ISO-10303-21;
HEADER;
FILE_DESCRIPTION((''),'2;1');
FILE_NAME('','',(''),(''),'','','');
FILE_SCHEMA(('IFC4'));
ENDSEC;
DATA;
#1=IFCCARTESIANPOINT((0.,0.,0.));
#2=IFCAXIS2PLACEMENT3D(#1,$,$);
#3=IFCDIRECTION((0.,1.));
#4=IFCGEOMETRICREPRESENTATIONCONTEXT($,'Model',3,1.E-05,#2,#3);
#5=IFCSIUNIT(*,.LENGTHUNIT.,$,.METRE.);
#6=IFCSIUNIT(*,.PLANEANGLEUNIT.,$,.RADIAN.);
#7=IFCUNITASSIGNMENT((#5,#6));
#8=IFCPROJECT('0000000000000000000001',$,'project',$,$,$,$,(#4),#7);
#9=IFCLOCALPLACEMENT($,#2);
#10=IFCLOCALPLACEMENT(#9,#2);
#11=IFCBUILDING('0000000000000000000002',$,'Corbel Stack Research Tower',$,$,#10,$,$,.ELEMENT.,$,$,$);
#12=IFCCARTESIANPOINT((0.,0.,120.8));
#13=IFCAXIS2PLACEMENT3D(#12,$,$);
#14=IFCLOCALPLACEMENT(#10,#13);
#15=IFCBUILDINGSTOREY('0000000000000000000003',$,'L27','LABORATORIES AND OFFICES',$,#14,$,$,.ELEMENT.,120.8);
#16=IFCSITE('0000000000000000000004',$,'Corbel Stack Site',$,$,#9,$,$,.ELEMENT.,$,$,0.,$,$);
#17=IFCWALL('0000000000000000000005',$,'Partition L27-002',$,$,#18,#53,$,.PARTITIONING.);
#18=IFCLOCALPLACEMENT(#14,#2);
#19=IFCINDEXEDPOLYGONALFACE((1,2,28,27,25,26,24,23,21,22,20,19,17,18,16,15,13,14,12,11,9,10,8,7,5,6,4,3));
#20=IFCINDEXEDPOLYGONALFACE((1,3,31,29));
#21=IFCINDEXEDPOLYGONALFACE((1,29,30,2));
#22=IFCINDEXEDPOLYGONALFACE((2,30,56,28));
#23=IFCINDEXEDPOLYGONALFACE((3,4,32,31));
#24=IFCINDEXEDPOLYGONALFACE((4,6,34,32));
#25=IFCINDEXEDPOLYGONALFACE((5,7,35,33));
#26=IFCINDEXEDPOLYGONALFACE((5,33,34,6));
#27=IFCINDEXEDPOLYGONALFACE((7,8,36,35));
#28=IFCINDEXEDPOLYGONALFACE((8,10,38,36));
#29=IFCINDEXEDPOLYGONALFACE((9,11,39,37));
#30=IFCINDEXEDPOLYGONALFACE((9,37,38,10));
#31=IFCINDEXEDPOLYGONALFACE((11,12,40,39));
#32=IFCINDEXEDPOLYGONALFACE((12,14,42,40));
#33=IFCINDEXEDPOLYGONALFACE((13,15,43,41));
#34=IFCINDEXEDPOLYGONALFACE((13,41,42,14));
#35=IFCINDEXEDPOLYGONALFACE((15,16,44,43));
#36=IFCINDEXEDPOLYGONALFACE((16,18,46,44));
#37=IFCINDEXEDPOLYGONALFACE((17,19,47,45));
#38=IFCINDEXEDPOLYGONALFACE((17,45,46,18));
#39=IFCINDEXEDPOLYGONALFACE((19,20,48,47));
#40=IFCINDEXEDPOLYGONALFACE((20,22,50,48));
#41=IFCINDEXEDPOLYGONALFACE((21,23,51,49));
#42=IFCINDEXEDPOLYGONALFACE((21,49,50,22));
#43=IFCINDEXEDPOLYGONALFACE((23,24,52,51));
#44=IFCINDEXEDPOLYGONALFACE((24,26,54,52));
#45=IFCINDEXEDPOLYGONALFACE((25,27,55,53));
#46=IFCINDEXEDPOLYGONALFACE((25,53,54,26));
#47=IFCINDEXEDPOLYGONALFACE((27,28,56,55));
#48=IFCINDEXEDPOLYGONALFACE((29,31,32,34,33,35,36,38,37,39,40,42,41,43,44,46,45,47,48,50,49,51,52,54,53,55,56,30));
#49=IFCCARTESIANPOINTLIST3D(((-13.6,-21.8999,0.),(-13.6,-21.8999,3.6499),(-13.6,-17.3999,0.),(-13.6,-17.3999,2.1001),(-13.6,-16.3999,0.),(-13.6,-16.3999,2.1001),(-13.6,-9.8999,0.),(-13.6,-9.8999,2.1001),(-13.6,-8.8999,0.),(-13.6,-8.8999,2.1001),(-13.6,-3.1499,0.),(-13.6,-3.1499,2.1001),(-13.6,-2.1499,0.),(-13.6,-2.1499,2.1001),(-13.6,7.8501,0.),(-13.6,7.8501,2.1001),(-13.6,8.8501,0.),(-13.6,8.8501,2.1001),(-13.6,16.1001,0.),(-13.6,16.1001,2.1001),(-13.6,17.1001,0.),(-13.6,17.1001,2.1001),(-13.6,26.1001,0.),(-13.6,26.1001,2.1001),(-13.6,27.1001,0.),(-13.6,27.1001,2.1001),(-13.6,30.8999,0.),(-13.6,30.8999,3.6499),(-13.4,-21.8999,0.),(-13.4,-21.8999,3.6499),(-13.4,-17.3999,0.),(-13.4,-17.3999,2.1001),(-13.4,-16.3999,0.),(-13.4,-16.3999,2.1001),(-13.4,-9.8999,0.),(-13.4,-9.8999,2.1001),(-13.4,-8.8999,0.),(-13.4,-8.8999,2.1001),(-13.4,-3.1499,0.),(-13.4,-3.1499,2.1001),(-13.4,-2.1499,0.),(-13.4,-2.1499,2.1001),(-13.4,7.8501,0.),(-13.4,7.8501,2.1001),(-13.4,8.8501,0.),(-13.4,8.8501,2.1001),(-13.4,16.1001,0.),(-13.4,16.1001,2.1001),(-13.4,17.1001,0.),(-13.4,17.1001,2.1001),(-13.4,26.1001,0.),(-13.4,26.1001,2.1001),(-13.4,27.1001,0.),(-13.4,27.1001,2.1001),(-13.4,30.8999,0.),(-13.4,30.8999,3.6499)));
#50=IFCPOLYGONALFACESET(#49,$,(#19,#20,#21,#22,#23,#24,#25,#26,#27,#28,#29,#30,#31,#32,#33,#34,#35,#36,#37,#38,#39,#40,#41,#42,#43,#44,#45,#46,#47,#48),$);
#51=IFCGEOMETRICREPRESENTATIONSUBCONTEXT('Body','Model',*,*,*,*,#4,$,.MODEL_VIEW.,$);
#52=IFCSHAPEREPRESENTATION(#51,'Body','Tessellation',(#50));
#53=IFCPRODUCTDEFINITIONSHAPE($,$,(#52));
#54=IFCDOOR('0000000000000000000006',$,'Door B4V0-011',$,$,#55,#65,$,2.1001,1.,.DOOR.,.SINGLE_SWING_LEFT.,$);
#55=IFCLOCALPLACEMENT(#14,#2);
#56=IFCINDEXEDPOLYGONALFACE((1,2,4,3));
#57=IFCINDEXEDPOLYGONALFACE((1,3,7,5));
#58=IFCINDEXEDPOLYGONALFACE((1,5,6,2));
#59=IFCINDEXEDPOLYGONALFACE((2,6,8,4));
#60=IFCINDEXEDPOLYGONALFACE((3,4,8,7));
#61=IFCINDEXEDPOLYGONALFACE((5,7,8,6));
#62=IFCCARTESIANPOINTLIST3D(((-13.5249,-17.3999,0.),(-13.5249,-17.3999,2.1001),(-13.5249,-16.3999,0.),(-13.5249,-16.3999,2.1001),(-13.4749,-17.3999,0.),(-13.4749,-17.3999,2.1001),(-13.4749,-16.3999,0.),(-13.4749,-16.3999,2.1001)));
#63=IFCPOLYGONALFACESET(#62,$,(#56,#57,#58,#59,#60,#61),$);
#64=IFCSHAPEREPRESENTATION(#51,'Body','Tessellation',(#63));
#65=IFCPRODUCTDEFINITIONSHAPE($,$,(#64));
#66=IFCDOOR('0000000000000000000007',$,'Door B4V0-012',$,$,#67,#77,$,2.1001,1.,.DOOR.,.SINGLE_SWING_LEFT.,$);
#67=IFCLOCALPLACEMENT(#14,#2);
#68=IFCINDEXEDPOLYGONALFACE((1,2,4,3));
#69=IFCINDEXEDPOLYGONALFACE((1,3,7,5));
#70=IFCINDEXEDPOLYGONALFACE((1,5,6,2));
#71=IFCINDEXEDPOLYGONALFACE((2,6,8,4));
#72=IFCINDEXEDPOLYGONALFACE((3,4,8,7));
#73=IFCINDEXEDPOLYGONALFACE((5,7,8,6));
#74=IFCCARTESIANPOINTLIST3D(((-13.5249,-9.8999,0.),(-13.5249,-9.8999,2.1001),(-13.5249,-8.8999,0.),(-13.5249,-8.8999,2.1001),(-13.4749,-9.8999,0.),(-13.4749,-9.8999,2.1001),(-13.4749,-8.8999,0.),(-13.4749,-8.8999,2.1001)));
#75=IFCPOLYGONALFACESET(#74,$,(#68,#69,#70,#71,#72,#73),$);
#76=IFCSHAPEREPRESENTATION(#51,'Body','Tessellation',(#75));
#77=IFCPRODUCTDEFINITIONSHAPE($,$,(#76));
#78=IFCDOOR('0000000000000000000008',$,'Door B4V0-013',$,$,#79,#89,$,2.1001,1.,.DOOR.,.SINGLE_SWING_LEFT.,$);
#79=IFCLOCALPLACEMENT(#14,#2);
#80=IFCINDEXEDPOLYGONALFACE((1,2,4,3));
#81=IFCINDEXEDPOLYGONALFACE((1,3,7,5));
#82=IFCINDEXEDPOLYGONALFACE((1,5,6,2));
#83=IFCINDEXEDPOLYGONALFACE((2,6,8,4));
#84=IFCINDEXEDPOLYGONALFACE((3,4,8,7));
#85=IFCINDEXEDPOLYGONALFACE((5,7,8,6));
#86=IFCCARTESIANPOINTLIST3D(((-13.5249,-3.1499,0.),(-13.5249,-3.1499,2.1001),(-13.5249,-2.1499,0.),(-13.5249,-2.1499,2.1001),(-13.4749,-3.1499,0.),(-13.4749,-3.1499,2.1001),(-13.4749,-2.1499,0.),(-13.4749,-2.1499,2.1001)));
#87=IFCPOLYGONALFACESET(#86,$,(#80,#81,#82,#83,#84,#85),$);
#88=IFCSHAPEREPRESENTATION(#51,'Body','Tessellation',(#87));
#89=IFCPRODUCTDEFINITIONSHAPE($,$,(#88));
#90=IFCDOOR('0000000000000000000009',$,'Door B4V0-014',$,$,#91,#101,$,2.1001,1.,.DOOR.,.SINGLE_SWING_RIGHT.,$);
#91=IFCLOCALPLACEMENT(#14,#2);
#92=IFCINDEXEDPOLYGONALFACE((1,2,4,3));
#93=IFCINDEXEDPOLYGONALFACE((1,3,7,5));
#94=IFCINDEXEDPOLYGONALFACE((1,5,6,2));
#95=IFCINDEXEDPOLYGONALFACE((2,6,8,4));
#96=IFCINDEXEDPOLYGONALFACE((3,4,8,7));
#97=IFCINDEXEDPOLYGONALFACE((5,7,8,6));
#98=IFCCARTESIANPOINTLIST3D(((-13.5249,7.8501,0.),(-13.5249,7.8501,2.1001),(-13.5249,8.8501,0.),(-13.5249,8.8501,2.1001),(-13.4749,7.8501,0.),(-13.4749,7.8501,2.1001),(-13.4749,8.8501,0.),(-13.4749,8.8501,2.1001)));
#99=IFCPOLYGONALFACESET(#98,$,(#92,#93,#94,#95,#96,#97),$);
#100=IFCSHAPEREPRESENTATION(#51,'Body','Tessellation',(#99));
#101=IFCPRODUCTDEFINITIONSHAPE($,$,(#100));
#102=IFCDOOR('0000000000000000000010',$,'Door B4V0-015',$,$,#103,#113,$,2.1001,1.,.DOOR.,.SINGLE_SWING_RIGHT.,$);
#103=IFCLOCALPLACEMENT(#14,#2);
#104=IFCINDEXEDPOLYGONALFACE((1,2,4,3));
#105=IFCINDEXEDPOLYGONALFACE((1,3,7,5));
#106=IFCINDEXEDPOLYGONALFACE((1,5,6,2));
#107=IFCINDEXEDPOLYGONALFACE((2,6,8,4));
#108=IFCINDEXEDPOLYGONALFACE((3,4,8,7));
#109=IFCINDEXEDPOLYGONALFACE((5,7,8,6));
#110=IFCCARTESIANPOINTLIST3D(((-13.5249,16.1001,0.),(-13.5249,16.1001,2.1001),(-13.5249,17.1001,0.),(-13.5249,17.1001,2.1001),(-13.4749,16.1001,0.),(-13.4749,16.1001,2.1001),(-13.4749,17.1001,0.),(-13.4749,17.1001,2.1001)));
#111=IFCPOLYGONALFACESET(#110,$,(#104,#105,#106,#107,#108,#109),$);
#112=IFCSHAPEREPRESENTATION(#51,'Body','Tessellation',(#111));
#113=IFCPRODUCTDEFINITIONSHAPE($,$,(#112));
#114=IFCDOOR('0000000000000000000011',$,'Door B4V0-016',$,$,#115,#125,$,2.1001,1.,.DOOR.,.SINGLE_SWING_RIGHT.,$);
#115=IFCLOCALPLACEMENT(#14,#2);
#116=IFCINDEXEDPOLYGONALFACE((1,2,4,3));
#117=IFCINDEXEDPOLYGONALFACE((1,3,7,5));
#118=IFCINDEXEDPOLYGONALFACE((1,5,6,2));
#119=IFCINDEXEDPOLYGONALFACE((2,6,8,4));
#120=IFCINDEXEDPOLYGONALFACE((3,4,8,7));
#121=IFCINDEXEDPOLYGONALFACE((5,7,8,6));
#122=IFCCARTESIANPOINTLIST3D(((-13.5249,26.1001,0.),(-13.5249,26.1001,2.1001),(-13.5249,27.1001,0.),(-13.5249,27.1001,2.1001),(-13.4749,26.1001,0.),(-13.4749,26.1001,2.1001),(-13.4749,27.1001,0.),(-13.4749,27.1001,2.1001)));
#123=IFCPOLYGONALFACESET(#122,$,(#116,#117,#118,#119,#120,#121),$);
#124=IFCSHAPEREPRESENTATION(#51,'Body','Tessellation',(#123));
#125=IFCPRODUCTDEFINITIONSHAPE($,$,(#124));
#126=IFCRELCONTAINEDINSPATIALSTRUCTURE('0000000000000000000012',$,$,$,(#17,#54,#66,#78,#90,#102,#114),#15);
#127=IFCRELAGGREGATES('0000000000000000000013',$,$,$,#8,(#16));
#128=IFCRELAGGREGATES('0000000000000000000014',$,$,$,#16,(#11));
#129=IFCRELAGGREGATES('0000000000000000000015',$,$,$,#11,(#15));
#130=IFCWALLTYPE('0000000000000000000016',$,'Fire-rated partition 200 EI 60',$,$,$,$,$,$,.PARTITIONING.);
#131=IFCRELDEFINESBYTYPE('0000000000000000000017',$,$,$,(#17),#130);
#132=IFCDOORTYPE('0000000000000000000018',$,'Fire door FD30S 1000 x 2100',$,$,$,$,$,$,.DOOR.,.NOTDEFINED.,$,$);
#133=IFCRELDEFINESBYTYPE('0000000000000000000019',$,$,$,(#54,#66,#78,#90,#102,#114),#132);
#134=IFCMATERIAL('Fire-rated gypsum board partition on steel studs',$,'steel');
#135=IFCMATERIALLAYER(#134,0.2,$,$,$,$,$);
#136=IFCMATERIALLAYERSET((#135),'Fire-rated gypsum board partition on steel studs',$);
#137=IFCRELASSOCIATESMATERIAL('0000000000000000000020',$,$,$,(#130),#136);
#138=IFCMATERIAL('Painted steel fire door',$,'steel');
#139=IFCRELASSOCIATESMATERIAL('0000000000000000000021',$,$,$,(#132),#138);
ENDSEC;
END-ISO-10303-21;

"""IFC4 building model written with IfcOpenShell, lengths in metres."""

from ifc_helpers import new_model, si_unit, direction, frame, frame_2d, origin, place, context, subcontext, project, spatial, rectangle, extrude, material, layer, layer_set, type_object, element, fill, save


model = new_model("IFC4")

# Units and contexts
model_context = context("Model", 3, precision=1e-05, world=origin(), true_north=direction((0.0, 1.0)))
body_context = subcontext(model_context, "Body", "Model", "MODEL_VIEW")
ifc_project = project(units=[si_unit("LENGTHUNIT", "METRE"), si_unit("PLANEANGLEUNIT", "RADIAN")], contexts=[model_context])

# Site, building, storey
site_placement = place(None, origin())
site = spatial("IfcSite", under=ifc_project, at=site_placement, Name="Corbel Stack Site", CompositionType="ELEMENT", RefElevation=0.0)
building_placement = place(site_placement, origin())
building = spatial("IfcBuilding", under=site, at=building_placement, Name="Corbel Stack Research Tower", CompositionType="ELEMENT")
storey_placement = place(building_placement, frame((0.0, 0.0, 120.8)))
storey = spatial("IfcBuildingStorey", under=building, at=storey_placement, Name="L27", Description="LABORATORIES AND OFFICES", CompositionType="ELEMENT", Elevation=120.8)

# Wall, openings, doors
ifc_material_1 = material(Name="Fire-rated gypsum board partition on steel studs", Category="steel")
ifc_layer_1 = layer(ifc_material_1, 0.2)
ifc_layer_set_1 = layer_set([ifc_layer_1], Name="Fire-rated gypsum board partition on steel studs")
wall_type_1 = type_object("IfcWallType", Name="Fire-rated partition 200 EI 60", PredefinedType="PARTITIONING", material=ifc_layer_set_1)
wall_1_placement = place(storey_placement, frame((-13.5, -21.8999, 0.0), z_axis=(0.0, 0.0, 1.0), x_axis=(0.0, 1.0, 0.0)))
wall_1 = element("IfcWall", 1, at=wall_1_placement, inside=storey, type_object=wall_type_1, Name="Partition L27-002", PredefinedType="PARTITIONING", context=body_context, shape_type="SweptSolid", body=[
    extrude(rectangle(XDim=52.7998, YDim=0.2, at=frame_2d((26.3999, 0.0))), origin(), (0.0, 0.0, 1.0), 3.6499),
])
opening_1_placement = place(wall_1_placement, frame((4.5, 0.0, 0.0)))
opening_1 = element("IfcOpeningElement", 2, at=opening_1_placement, cuts=wall_1, PredefinedType="OPENING", context=body_context, shape_type="SweptSolid", body=[
    extrude(rectangle(XDim=1.0, YDim=2.1001, at=frame_2d((0.5, 1.05))), frame((0.0, 0.1099, 0.0), z_axis=(0.0, -1.0, 0.0), x_axis=(1.0, 0.0, 0.0)), (0.0, 0.0, 1.0), 0.22),
])
opening_2_placement = place(wall_1_placement, frame((12.0, 0.0, 0.0)))
opening_2 = element("IfcOpeningElement", 3, at=opening_2_placement, cuts=wall_1, PredefinedType="OPENING", context=body_context, shape_type="SweptSolid", body=[
    extrude(rectangle(XDim=1.0, YDim=2.1001, at=frame_2d((0.5, 1.05))), frame((0.0, 0.1099, 0.0), z_axis=(0.0, -1.0, 0.0), x_axis=(1.0, 0.0, 0.0)), (0.0, 0.0, 1.0), 0.22),
])
opening_3_placement = place(wall_1_placement, frame((18.75, 0.0, 0.0)))
opening_3 = element("IfcOpeningElement", 4, at=opening_3_placement, cuts=wall_1, PredefinedType="OPENING", context=body_context, shape_type="SweptSolid", body=[
    extrude(rectangle(XDim=1.0, YDim=2.1001, at=frame_2d((0.5, 1.05))), frame((0.0, 0.1099, 0.0), z_axis=(0.0, -1.0, 0.0), x_axis=(1.0, 0.0, 0.0)), (0.0, 0.0, 1.0), 0.22),
])
opening_4_placement = place(wall_1_placement, frame((29.75, 0.0, 0.0)))
opening_4 = element("IfcOpeningElement", 5, at=opening_4_placement, cuts=wall_1, PredefinedType="OPENING", context=body_context, shape_type="SweptSolid", body=[
    extrude(rectangle(XDim=1.0, YDim=2.1001, at=frame_2d((0.5, 1.05))), frame((0.0, 0.1099, 0.0), z_axis=(0.0, -1.0, 0.0), x_axis=(1.0, 0.0, 0.0)), (0.0, 0.0, 1.0), 0.22),
])
opening_5_placement = place(wall_1_placement, frame((38.0, 0.0, 0.0)))
opening_5 = element("IfcOpeningElement", 6, at=opening_5_placement, cuts=wall_1, PredefinedType="OPENING", context=body_context, shape_type="SweptSolid", body=[
    extrude(rectangle(XDim=1.0, YDim=2.1001, at=frame_2d((0.5, 1.05))), frame((0.0, 0.1099, 0.0), z_axis=(0.0, -1.0, 0.0), x_axis=(1.0, 0.0, 0.0)), (0.0, 0.0, 1.0), 0.22),
])
opening_6_placement = place(wall_1_placement, frame((48.0, 0.0, 0.0)))
opening_6 = element("IfcOpeningElement", 7, at=opening_6_placement, cuts=wall_1, PredefinedType="OPENING", context=body_context, shape_type="SweptSolid", body=[
    extrude(rectangle(XDim=1.0, YDim=2.1001, at=frame_2d((0.5, 1.05))), frame((0.0, 0.1099, 0.0), z_axis=(0.0, -1.0, 0.0), x_axis=(1.0, 0.0, 0.0)), (0.0, 0.0, 1.0), 0.22),
])
ifc_material_2 = material(Name="Painted steel fire door", Category="steel")
door_type_1 = type_object("IfcDoorType", Name="Fire door FD30S 1000 x 2100", OperationType="NOTDEFINED", PredefinedType="DOOR", material=ifc_material_2)
door_1_placement = place(opening_1_placement, origin())
door_1 = element("IfcDoor", 8, at=door_1_placement, inside=storey, type_object=door_type_1, Name="Door B4V0-011", OperationType="SINGLE_SWING_LEFT", OverallHeight=2.1001, OverallWidth=1.0, PredefinedType="DOOR", context=body_context, shape_type="SweptSolid", body=[
    extrude(rectangle(XDim=1.0, YDim=2.1001, at=frame_2d((0.5, 1.05))), frame((0.0, 0.0249, 0.0), z_axis=(0.0, -1.0, 0.0), x_axis=(1.0, 0.0, 0.0)), (0.0, 0.0, 1.0), 0.05),
])
fill(opening_1, door_1)
door_2_placement = place(opening_2_placement, origin())
door_2 = element("IfcDoor", 9, at=door_2_placement, inside=storey, type_object=door_type_1, Name="Door B4V0-012", OperationType="SINGLE_SWING_LEFT", OverallHeight=2.1001, OverallWidth=1.0, PredefinedType="DOOR", context=body_context, shape_type="SweptSolid", body=[
    extrude(rectangle(XDim=1.0, YDim=2.1001, at=frame_2d((0.5, 1.05))), frame((0.0, 0.0249, 0.0), z_axis=(0.0, -1.0, 0.0), x_axis=(1.0, 0.0, 0.0)), (0.0, 0.0, 1.0), 0.05),
])
fill(opening_2, door_2)
door_3_placement = place(opening_3_placement, origin())
door_3 = element("IfcDoor", 10, at=door_3_placement, inside=storey, type_object=door_type_1, Name="Door B4V0-013", OperationType="SINGLE_SWING_LEFT", OverallHeight=2.1001, OverallWidth=1.0, PredefinedType="DOOR", context=body_context, shape_type="SweptSolid", body=[
    extrude(rectangle(XDim=1.0, YDim=2.1001, at=frame_2d((0.5, 1.05))), frame((0.0, 0.0249, 0.0), z_axis=(0.0, -1.0, 0.0), x_axis=(1.0, 0.0, 0.0)), (0.0, 0.0, 1.0), 0.05),
])
fill(opening_3, door_3)
door_4_placement = place(opening_4_placement, origin())
door_4 = element("IfcDoor", 11, at=door_4_placement, inside=storey, type_object=door_type_1, Name="Door B4V0-014", OperationType="SINGLE_SWING_RIGHT", OverallHeight=2.1001, OverallWidth=1.0, PredefinedType="DOOR", context=body_context, shape_type="SweptSolid", body=[
    extrude(rectangle(XDim=1.0, YDim=2.1001, at=frame_2d((0.5, 1.05))), frame((0.0, 0.0249, 0.0), z_axis=(0.0, -1.0, 0.0), x_axis=(1.0, 0.0, 0.0)), (0.0, 0.0, 1.0), 0.05),
])
fill(opening_4, door_4)
door_5_placement = place(opening_5_placement, origin())
door_5 = element("IfcDoor", 12, at=door_5_placement, inside=storey, type_object=door_type_1, Name="Door B4V0-015", OperationType="SINGLE_SWING_RIGHT", OverallHeight=2.1001, OverallWidth=1.0, PredefinedType="DOOR", context=body_context, shape_type="SweptSolid", body=[
    extrude(rectangle(XDim=1.0, YDim=2.1001, at=frame_2d((0.5, 1.05))), frame((0.0, 0.0249, 0.0), z_axis=(0.0, -1.0, 0.0), x_axis=(1.0, 0.0, 0.0)), (0.0, 0.0, 1.0), 0.05),
])
fill(opening_5, door_5)
door_6_placement = place(opening_6_placement, origin())
door_6 = element("IfcDoor", 13, at=door_6_placement, inside=storey, type_object=door_type_1, Name="Door B4V0-016", OperationType="SINGLE_SWING_RIGHT", OverallHeight=2.1001, OverallWidth=1.0, PredefinedType="DOOR", context=body_context, shape_type="SweptSolid", body=[
    extrude(rectangle(XDim=1.0, YDim=2.1001, at=frame_2d((0.5, 1.05))), frame((0.0, 0.0249, 0.0), z_axis=(0.0, -1.0, 0.0), x_axis=(1.0, 0.0, 0.0)), (0.0, 0.0, 1.0), 0.05),
])
fill(opening_6, door_6)

save(model, "model.ifc")
